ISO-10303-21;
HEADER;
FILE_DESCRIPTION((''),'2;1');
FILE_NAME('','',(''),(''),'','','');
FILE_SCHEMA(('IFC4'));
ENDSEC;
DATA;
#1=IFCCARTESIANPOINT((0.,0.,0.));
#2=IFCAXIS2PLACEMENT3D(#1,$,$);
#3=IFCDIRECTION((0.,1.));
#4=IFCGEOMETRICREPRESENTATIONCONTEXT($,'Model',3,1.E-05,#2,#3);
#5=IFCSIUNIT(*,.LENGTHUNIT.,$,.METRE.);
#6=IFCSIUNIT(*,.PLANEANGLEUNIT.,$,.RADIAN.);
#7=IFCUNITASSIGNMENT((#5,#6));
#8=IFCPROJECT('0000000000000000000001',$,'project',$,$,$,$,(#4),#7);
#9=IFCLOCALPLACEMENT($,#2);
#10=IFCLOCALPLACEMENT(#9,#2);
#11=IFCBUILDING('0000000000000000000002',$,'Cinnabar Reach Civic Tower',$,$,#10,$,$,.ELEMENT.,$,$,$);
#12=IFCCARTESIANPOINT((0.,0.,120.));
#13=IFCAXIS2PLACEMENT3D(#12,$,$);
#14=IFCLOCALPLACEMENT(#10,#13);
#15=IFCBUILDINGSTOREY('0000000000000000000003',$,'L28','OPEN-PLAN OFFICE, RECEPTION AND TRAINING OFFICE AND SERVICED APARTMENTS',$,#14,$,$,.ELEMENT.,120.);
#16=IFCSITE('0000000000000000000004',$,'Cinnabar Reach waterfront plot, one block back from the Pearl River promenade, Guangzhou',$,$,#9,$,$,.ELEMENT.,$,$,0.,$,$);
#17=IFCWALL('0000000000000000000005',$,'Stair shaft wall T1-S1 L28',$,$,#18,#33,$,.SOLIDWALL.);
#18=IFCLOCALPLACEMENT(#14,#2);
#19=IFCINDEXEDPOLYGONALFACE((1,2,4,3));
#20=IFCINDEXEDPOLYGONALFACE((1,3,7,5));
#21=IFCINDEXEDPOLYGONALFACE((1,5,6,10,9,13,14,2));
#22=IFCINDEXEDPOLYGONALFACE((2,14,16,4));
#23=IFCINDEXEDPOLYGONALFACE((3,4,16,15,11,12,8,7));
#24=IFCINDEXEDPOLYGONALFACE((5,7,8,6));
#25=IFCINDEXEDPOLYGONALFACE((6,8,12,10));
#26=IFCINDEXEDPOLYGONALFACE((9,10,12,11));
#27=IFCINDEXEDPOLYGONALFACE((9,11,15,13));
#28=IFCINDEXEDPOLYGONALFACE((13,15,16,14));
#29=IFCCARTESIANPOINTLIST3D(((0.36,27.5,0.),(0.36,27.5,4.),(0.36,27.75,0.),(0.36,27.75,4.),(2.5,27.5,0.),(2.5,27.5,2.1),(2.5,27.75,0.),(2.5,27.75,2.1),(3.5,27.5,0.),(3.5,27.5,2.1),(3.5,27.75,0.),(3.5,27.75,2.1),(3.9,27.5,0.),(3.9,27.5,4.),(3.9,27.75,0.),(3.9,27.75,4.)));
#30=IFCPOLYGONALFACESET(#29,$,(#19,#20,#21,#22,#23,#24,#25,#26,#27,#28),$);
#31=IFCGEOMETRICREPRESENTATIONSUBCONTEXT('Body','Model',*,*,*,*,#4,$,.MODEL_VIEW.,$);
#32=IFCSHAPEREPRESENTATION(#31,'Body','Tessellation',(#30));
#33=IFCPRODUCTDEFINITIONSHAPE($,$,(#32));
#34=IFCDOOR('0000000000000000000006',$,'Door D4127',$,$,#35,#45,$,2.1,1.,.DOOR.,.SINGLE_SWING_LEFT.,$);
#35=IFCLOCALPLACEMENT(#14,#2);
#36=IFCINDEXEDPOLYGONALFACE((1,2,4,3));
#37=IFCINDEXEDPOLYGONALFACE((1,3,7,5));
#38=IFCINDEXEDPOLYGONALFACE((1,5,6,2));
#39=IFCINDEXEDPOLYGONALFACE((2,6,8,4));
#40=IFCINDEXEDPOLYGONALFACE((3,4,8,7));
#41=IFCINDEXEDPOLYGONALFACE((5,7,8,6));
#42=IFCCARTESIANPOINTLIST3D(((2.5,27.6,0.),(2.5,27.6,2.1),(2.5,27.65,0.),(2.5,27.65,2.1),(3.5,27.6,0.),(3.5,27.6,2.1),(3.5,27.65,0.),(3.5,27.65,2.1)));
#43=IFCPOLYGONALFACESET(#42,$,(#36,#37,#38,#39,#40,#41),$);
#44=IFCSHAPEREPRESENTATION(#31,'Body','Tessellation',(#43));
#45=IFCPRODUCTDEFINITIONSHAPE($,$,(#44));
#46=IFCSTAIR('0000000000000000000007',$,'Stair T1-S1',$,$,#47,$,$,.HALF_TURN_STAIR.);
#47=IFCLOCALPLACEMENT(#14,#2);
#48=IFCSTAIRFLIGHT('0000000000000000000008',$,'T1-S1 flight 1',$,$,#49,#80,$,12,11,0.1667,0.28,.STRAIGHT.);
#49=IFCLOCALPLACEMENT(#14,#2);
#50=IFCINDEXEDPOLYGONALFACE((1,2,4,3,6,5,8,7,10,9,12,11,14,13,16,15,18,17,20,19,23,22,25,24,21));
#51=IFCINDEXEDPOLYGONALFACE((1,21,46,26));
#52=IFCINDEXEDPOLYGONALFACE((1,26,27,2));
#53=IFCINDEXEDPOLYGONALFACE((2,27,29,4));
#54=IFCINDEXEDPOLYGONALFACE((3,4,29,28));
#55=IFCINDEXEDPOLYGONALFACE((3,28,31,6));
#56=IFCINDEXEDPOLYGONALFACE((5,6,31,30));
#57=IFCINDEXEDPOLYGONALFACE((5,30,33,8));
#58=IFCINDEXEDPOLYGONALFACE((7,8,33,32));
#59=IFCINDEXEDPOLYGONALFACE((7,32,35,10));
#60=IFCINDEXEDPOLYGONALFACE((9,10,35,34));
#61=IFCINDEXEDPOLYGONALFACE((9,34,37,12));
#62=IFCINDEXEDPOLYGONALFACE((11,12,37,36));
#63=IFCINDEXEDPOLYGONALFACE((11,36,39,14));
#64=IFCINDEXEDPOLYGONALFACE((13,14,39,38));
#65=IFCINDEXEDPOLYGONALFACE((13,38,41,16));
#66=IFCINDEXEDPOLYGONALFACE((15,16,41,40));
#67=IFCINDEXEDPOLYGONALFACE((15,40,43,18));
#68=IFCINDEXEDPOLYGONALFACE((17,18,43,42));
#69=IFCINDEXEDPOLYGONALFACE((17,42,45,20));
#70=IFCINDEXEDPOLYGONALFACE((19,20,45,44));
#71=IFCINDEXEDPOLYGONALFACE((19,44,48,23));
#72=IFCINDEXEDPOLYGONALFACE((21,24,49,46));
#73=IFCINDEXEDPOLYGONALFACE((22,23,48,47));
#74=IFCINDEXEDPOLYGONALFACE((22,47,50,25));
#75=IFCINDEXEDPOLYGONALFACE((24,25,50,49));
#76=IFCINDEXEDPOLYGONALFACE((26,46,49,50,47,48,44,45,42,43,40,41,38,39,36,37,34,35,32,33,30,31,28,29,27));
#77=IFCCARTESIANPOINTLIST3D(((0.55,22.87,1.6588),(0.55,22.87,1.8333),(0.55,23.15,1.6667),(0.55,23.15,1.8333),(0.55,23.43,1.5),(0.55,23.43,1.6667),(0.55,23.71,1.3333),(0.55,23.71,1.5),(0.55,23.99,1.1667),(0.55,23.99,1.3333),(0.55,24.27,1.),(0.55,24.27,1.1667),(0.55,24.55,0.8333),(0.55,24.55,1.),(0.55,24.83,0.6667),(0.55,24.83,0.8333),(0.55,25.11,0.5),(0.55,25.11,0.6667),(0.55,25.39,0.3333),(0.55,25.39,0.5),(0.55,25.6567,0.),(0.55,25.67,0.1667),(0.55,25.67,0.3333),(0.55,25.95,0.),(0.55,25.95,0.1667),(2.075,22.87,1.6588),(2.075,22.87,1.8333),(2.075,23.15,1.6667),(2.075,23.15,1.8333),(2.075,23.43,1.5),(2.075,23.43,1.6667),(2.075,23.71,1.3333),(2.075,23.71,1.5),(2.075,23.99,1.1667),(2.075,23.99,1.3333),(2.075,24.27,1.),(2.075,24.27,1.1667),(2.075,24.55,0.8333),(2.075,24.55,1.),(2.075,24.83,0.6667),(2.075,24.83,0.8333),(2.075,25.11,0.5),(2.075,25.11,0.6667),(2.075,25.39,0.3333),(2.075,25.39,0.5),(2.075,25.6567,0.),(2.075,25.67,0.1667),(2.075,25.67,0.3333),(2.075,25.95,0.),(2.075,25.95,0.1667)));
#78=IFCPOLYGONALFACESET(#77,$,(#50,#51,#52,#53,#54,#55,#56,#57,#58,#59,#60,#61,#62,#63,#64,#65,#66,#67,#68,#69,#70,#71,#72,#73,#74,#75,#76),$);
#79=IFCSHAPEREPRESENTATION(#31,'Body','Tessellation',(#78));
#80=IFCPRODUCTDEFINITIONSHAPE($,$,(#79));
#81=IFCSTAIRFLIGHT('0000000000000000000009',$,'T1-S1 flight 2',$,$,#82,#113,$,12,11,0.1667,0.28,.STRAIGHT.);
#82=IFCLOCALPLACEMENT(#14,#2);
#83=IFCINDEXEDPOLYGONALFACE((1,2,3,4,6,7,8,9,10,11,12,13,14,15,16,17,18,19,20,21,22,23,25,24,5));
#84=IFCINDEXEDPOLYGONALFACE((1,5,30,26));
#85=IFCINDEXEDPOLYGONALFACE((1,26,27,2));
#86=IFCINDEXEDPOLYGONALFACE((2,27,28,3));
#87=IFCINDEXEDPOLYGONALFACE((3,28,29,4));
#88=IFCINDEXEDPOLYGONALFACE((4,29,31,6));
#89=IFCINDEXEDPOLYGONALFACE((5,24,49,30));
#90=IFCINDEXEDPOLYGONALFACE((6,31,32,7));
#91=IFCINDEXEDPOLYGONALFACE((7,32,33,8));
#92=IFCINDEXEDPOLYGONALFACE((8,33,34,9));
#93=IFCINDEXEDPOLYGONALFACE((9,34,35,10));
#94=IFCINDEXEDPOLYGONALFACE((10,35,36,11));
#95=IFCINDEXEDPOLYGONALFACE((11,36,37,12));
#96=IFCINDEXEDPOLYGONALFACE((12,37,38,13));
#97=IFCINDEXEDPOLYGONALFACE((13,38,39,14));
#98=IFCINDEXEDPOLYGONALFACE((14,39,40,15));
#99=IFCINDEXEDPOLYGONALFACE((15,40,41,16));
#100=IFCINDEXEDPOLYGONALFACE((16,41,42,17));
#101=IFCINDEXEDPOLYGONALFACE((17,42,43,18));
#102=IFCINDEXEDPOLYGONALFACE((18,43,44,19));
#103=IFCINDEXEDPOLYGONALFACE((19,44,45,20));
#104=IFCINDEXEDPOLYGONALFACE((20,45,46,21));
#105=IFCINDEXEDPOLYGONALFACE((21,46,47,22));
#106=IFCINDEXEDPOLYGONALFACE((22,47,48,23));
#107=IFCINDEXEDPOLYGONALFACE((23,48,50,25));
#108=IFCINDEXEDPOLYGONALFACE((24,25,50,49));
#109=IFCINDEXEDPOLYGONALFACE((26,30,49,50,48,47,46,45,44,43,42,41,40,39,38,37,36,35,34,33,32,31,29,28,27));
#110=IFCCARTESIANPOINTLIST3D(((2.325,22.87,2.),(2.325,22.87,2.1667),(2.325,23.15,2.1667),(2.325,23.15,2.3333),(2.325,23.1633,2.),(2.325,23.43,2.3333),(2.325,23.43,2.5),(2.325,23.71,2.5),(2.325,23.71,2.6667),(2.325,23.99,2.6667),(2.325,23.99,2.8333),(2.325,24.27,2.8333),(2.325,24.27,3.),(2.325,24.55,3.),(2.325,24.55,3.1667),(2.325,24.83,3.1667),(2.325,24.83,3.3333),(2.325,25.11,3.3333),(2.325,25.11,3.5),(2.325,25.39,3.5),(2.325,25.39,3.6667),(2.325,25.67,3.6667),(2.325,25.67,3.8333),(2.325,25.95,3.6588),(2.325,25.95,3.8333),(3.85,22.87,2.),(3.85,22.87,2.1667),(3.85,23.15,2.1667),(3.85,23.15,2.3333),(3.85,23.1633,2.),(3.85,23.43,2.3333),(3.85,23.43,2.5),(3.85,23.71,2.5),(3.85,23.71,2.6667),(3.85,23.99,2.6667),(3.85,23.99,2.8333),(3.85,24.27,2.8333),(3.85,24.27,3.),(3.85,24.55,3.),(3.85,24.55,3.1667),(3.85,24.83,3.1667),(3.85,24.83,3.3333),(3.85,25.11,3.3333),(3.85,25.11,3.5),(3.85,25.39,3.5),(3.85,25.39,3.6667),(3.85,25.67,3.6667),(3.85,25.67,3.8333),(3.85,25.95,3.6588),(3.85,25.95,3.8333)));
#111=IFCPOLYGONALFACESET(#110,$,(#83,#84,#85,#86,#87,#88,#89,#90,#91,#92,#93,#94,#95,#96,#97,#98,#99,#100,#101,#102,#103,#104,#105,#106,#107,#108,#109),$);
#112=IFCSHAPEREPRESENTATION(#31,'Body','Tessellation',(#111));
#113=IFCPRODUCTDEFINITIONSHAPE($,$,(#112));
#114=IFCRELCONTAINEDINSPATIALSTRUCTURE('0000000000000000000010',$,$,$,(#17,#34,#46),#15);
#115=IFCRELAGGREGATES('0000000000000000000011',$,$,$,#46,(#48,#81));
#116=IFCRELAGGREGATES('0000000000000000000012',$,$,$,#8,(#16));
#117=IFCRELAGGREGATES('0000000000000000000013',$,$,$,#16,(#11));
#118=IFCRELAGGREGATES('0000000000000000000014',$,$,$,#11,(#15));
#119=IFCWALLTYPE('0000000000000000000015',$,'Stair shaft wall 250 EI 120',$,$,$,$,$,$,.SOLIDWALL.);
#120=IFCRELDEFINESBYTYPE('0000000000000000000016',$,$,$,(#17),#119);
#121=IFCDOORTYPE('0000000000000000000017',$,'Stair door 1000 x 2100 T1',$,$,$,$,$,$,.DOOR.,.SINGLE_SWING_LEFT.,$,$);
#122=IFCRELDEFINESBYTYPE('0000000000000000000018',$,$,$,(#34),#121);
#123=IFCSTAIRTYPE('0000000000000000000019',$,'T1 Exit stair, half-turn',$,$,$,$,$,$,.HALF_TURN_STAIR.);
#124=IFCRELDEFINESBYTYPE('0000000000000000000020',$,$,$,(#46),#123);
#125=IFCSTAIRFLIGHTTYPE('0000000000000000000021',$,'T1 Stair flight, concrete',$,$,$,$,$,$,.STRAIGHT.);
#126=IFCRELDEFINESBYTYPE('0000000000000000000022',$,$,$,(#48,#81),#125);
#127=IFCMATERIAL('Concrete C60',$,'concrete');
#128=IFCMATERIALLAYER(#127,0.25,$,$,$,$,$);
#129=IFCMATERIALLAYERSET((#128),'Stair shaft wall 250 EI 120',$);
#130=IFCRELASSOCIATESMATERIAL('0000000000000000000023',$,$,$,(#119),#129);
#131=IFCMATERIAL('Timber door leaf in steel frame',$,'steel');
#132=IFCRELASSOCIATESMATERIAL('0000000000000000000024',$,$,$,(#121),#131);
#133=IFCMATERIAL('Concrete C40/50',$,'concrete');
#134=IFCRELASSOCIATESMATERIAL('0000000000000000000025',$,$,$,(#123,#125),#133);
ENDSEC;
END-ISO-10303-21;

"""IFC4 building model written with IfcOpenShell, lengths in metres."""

from ifc_helpers import new_model, si_unit, direction, frame, frame_2d, origin, place, context, subcontext, project, spatial, polyline, rectangle, outline, extrude, material, layer, layer_set, type_object, element, fill, aggregate, save


model = new_model("IFC4")

# Units and contexts
model_context = context("Model", 3, precision=1e-05, world=origin(), true_north=direction((0.0, 1.0)))
body_context = subcontext(model_context, "Body", "Model", "MODEL_VIEW")
ifc_project = project(units=[si_unit("LENGTHUNIT", "METRE"), si_unit("PLANEANGLEUNIT", "RADIAN")], contexts=[model_context])

# Site, building, storey
site_placement = place(None, origin())
site = spatial("IfcSite", under=ifc_project, at=site_placement, Name="Cinnabar Reach waterfront plot, one block back from the Pearl River promenade, Guangzhou", CompositionType="ELEMENT", RefElevation=0.0)
building_placement = place(site_placement, origin())
building = spatial("IfcBuilding", under=site, at=building_placement, Name="Cinnabar Reach Civic Tower", CompositionType="ELEMENT")
storey_placement = place(building_placement, frame((0.0, 0.0, 120.0)))
storey = spatial("IfcBuildingStorey", under=building, at=storey_placement, Name="L28", Description="OPEN-PLAN OFFICE, RECEPTION AND TRAINING OFFICE AND SERVICED APARTMENTS", CompositionType="ELEMENT", Elevation=120.0)

# Shared definitions
ifc_material_1 = material(Name="Timber door leaf in steel frame", Category="steel")

# Wall, opening, door
ifc_material_2 = material(Name="Concrete C60", Category="concrete")
ifc_layer_1 = layer(ifc_material_2, 0.25)
ifc_layer_set_1 = layer_set([ifc_layer_1], Name="Stair shaft wall 250 EI 120")
wall_type_1 = type_object("IfcWallType", Name="Stair shaft wall 250 EI 120", PredefinedType="SOLIDWALL", material=ifc_layer_set_1)
wall_1_placement = place(storey_placement, frame((3.9, 27.625, 0.0), z_axis=(0.0, 0.0, 1.0), x_axis=(-1.0, 0.0, 0.0)))
wall_1 = element("IfcWall", 1, at=wall_1_placement, inside=storey, type_object=wall_type_1, Name="Stair shaft wall T1-S1 L28", PredefinedType="SOLIDWALL", context=body_context, shape_type="SweptSolid", body=[
    extrude(rectangle(XDim=3.54, YDim=0.25, at=frame_2d((1.77, 0.0))), origin(), (0.0, 0.0, 1.0), 4.0),
])
opening_1_placement = place(wall_1_placement, frame((0.4, 0.0, 0.0)))
opening_1 = element("IfcOpeningElement", 2, at=opening_1_placement, cuts=wall_1, PredefinedType="OPENING", context=body_context, shape_type="SweptSolid", body=[
    extrude(rectangle(XDim=1.0, YDim=2.1, at=frame_2d((0.5, 1.05))), frame((0.0, 0.135, 0.0), z_axis=(0.0, -1.0, 0.0), x_axis=(1.0, 0.0, 0.0)), (0.0, 0.0, 1.0), 0.27),
])
door_type_1 = type_object("IfcDoorType", Name="Stair door 1000 x 2100 T1", OperationType="SINGLE_SWING_LEFT", PredefinedType="DOOR", material=ifc_material_1)
door_1_placement = place(opening_1_placement, origin())
door_1 = element("IfcDoor", 3, at=door_1_placement, inside=storey, type_object=door_type_1, Name="Door D4127", OperationType="SINGLE_SWING_LEFT", OverallHeight=2.1, OverallWidth=1.0, PredefinedType="DOOR", context=body_context, shape_type="SweptSolid", body=[
    extrude(rectangle(XDim=1.0, YDim=2.1, at=frame_2d((0.5, 1.05))), frame((0.0, 0.025, 0.0), z_axis=(0.0, -1.0, 0.0), x_axis=(1.0, 0.0, 0.0)), (0.0, 0.0, 1.0), 0.05),
])
fill(opening_1, door_1)

# Stair, stair flights
ifc_material_3 = material(Name="Concrete C40/50", Category="concrete")
stair_type = type_object("IfcStairType", Name="T1 Exit stair, half-turn", PredefinedType="HALF_TURN_STAIR", material=ifc_material_3)
stair_placement = place(storey_placement, origin())
stair = element("IfcStair", 4, at=stair_placement, inside=storey, type_object=stair_type, Name="Stair T1-S1", PredefinedType="HALF_TURN_STAIR")
stair_flight_type = type_object("IfcStairFlightType", Name="T1 Stair flight, concrete", PredefinedType="STRAIGHT", material=ifc_material_3)
stair_flight_1_placement = place(storey_placement, frame((1.3125, 25.95, 0.0), z_axis=(0.0, 0.0, 1.0), x_axis=(0.0, -1.0, 0.0)))
stair_flight_1 = element("IfcStairFlight", 5, at=stair_flight_1_placement, type_object=stair_flight_type, Name="T1-S1 flight 1", NumberOfRisers=12, NumberOfTreads=11, PredefinedType="STRAIGHT", RiserHeight=0.1667, TreadLength=0.28, context=body_context, shape_type="SweptSolid", body=[
    extrude(outline(polyline([(0.0, 0.0), (0.0, 0.1667), (0.28, 0.1667), (0.28, 0.3333), (0.56, 0.3333), (0.56, 0.5), (0.84, 0.5), (0.84, 0.6667), (1.12, 0.6667), (1.12, 0.8333), (1.4, 0.8333), (1.4, 1.0), (1.68, 1.0), (1.68, 1.1667), (1.96, 1.1667), (1.96, 1.3333), (2.24, 1.3333), (2.24, 1.5), (2.52, 1.5), (2.52, 1.6667), (2.8, 1.6667), (2.8, 1.8333), (3.08, 1.8333), (3.08, 2.0), (3.08, 1.6588), (0.2933, 0.0), (0.0, 0.0)])), frame((0.0, 0.7625, 0.0), z_axis=(0.0, -1.0, 0.0), x_axis=(1.0, 0.0, 0.0)), (0.0, 0.0, 1.0), 1.525),
])
stair_flight_2_placement = place(storey_placement, frame((3.0875, 22.87, 2.0), z_axis=(0.0, 0.0, 1.0), x_axis=(0.0, 1.0, 0.0)))
stair_flight_2 = element("IfcStairFlight", 6, at=stair_flight_2_placement, type_object=stair_flight_type, Name="T1-S1 flight 2", NumberOfRisers=12, NumberOfTreads=11, PredefinedType="STRAIGHT", RiserHeight=0.1667, TreadLength=0.28, context=body_context, shape_type="SweptSolid", body=[
    extrude(outline(polyline([(0.0, 0.0), (0.0, 0.1667), (0.28, 0.1667), (0.28, 0.3333), (0.56, 0.3333), (0.56, 0.5), (0.84, 0.5), (0.84, 0.6667), (1.12, 0.6667), (1.12, 0.8333), (1.4, 0.8333), (1.4, 1.0), (1.68, 1.0), (1.68, 1.1667), (1.96, 1.1667), (1.96, 1.3333), (2.24, 1.3333), (2.24, 1.5), (2.52, 1.5), (2.52, 1.6667), (2.8, 1.6667), (2.8, 1.8333), (3.08, 1.8333), (3.08, 2.0), (3.08, 1.6588), (0.2933, 0.0), (0.0, 0.0)])), frame((0.0, 0.7625, 0.0), z_axis=(0.0, -1.0, 0.0), x_axis=(1.0, 0.0, 0.0)), (0.0, 0.0, 1.0), 1.525),
])
aggregate(stair, [stair_flight_1, stair_flight_2])

save(model, "model.ifc")
